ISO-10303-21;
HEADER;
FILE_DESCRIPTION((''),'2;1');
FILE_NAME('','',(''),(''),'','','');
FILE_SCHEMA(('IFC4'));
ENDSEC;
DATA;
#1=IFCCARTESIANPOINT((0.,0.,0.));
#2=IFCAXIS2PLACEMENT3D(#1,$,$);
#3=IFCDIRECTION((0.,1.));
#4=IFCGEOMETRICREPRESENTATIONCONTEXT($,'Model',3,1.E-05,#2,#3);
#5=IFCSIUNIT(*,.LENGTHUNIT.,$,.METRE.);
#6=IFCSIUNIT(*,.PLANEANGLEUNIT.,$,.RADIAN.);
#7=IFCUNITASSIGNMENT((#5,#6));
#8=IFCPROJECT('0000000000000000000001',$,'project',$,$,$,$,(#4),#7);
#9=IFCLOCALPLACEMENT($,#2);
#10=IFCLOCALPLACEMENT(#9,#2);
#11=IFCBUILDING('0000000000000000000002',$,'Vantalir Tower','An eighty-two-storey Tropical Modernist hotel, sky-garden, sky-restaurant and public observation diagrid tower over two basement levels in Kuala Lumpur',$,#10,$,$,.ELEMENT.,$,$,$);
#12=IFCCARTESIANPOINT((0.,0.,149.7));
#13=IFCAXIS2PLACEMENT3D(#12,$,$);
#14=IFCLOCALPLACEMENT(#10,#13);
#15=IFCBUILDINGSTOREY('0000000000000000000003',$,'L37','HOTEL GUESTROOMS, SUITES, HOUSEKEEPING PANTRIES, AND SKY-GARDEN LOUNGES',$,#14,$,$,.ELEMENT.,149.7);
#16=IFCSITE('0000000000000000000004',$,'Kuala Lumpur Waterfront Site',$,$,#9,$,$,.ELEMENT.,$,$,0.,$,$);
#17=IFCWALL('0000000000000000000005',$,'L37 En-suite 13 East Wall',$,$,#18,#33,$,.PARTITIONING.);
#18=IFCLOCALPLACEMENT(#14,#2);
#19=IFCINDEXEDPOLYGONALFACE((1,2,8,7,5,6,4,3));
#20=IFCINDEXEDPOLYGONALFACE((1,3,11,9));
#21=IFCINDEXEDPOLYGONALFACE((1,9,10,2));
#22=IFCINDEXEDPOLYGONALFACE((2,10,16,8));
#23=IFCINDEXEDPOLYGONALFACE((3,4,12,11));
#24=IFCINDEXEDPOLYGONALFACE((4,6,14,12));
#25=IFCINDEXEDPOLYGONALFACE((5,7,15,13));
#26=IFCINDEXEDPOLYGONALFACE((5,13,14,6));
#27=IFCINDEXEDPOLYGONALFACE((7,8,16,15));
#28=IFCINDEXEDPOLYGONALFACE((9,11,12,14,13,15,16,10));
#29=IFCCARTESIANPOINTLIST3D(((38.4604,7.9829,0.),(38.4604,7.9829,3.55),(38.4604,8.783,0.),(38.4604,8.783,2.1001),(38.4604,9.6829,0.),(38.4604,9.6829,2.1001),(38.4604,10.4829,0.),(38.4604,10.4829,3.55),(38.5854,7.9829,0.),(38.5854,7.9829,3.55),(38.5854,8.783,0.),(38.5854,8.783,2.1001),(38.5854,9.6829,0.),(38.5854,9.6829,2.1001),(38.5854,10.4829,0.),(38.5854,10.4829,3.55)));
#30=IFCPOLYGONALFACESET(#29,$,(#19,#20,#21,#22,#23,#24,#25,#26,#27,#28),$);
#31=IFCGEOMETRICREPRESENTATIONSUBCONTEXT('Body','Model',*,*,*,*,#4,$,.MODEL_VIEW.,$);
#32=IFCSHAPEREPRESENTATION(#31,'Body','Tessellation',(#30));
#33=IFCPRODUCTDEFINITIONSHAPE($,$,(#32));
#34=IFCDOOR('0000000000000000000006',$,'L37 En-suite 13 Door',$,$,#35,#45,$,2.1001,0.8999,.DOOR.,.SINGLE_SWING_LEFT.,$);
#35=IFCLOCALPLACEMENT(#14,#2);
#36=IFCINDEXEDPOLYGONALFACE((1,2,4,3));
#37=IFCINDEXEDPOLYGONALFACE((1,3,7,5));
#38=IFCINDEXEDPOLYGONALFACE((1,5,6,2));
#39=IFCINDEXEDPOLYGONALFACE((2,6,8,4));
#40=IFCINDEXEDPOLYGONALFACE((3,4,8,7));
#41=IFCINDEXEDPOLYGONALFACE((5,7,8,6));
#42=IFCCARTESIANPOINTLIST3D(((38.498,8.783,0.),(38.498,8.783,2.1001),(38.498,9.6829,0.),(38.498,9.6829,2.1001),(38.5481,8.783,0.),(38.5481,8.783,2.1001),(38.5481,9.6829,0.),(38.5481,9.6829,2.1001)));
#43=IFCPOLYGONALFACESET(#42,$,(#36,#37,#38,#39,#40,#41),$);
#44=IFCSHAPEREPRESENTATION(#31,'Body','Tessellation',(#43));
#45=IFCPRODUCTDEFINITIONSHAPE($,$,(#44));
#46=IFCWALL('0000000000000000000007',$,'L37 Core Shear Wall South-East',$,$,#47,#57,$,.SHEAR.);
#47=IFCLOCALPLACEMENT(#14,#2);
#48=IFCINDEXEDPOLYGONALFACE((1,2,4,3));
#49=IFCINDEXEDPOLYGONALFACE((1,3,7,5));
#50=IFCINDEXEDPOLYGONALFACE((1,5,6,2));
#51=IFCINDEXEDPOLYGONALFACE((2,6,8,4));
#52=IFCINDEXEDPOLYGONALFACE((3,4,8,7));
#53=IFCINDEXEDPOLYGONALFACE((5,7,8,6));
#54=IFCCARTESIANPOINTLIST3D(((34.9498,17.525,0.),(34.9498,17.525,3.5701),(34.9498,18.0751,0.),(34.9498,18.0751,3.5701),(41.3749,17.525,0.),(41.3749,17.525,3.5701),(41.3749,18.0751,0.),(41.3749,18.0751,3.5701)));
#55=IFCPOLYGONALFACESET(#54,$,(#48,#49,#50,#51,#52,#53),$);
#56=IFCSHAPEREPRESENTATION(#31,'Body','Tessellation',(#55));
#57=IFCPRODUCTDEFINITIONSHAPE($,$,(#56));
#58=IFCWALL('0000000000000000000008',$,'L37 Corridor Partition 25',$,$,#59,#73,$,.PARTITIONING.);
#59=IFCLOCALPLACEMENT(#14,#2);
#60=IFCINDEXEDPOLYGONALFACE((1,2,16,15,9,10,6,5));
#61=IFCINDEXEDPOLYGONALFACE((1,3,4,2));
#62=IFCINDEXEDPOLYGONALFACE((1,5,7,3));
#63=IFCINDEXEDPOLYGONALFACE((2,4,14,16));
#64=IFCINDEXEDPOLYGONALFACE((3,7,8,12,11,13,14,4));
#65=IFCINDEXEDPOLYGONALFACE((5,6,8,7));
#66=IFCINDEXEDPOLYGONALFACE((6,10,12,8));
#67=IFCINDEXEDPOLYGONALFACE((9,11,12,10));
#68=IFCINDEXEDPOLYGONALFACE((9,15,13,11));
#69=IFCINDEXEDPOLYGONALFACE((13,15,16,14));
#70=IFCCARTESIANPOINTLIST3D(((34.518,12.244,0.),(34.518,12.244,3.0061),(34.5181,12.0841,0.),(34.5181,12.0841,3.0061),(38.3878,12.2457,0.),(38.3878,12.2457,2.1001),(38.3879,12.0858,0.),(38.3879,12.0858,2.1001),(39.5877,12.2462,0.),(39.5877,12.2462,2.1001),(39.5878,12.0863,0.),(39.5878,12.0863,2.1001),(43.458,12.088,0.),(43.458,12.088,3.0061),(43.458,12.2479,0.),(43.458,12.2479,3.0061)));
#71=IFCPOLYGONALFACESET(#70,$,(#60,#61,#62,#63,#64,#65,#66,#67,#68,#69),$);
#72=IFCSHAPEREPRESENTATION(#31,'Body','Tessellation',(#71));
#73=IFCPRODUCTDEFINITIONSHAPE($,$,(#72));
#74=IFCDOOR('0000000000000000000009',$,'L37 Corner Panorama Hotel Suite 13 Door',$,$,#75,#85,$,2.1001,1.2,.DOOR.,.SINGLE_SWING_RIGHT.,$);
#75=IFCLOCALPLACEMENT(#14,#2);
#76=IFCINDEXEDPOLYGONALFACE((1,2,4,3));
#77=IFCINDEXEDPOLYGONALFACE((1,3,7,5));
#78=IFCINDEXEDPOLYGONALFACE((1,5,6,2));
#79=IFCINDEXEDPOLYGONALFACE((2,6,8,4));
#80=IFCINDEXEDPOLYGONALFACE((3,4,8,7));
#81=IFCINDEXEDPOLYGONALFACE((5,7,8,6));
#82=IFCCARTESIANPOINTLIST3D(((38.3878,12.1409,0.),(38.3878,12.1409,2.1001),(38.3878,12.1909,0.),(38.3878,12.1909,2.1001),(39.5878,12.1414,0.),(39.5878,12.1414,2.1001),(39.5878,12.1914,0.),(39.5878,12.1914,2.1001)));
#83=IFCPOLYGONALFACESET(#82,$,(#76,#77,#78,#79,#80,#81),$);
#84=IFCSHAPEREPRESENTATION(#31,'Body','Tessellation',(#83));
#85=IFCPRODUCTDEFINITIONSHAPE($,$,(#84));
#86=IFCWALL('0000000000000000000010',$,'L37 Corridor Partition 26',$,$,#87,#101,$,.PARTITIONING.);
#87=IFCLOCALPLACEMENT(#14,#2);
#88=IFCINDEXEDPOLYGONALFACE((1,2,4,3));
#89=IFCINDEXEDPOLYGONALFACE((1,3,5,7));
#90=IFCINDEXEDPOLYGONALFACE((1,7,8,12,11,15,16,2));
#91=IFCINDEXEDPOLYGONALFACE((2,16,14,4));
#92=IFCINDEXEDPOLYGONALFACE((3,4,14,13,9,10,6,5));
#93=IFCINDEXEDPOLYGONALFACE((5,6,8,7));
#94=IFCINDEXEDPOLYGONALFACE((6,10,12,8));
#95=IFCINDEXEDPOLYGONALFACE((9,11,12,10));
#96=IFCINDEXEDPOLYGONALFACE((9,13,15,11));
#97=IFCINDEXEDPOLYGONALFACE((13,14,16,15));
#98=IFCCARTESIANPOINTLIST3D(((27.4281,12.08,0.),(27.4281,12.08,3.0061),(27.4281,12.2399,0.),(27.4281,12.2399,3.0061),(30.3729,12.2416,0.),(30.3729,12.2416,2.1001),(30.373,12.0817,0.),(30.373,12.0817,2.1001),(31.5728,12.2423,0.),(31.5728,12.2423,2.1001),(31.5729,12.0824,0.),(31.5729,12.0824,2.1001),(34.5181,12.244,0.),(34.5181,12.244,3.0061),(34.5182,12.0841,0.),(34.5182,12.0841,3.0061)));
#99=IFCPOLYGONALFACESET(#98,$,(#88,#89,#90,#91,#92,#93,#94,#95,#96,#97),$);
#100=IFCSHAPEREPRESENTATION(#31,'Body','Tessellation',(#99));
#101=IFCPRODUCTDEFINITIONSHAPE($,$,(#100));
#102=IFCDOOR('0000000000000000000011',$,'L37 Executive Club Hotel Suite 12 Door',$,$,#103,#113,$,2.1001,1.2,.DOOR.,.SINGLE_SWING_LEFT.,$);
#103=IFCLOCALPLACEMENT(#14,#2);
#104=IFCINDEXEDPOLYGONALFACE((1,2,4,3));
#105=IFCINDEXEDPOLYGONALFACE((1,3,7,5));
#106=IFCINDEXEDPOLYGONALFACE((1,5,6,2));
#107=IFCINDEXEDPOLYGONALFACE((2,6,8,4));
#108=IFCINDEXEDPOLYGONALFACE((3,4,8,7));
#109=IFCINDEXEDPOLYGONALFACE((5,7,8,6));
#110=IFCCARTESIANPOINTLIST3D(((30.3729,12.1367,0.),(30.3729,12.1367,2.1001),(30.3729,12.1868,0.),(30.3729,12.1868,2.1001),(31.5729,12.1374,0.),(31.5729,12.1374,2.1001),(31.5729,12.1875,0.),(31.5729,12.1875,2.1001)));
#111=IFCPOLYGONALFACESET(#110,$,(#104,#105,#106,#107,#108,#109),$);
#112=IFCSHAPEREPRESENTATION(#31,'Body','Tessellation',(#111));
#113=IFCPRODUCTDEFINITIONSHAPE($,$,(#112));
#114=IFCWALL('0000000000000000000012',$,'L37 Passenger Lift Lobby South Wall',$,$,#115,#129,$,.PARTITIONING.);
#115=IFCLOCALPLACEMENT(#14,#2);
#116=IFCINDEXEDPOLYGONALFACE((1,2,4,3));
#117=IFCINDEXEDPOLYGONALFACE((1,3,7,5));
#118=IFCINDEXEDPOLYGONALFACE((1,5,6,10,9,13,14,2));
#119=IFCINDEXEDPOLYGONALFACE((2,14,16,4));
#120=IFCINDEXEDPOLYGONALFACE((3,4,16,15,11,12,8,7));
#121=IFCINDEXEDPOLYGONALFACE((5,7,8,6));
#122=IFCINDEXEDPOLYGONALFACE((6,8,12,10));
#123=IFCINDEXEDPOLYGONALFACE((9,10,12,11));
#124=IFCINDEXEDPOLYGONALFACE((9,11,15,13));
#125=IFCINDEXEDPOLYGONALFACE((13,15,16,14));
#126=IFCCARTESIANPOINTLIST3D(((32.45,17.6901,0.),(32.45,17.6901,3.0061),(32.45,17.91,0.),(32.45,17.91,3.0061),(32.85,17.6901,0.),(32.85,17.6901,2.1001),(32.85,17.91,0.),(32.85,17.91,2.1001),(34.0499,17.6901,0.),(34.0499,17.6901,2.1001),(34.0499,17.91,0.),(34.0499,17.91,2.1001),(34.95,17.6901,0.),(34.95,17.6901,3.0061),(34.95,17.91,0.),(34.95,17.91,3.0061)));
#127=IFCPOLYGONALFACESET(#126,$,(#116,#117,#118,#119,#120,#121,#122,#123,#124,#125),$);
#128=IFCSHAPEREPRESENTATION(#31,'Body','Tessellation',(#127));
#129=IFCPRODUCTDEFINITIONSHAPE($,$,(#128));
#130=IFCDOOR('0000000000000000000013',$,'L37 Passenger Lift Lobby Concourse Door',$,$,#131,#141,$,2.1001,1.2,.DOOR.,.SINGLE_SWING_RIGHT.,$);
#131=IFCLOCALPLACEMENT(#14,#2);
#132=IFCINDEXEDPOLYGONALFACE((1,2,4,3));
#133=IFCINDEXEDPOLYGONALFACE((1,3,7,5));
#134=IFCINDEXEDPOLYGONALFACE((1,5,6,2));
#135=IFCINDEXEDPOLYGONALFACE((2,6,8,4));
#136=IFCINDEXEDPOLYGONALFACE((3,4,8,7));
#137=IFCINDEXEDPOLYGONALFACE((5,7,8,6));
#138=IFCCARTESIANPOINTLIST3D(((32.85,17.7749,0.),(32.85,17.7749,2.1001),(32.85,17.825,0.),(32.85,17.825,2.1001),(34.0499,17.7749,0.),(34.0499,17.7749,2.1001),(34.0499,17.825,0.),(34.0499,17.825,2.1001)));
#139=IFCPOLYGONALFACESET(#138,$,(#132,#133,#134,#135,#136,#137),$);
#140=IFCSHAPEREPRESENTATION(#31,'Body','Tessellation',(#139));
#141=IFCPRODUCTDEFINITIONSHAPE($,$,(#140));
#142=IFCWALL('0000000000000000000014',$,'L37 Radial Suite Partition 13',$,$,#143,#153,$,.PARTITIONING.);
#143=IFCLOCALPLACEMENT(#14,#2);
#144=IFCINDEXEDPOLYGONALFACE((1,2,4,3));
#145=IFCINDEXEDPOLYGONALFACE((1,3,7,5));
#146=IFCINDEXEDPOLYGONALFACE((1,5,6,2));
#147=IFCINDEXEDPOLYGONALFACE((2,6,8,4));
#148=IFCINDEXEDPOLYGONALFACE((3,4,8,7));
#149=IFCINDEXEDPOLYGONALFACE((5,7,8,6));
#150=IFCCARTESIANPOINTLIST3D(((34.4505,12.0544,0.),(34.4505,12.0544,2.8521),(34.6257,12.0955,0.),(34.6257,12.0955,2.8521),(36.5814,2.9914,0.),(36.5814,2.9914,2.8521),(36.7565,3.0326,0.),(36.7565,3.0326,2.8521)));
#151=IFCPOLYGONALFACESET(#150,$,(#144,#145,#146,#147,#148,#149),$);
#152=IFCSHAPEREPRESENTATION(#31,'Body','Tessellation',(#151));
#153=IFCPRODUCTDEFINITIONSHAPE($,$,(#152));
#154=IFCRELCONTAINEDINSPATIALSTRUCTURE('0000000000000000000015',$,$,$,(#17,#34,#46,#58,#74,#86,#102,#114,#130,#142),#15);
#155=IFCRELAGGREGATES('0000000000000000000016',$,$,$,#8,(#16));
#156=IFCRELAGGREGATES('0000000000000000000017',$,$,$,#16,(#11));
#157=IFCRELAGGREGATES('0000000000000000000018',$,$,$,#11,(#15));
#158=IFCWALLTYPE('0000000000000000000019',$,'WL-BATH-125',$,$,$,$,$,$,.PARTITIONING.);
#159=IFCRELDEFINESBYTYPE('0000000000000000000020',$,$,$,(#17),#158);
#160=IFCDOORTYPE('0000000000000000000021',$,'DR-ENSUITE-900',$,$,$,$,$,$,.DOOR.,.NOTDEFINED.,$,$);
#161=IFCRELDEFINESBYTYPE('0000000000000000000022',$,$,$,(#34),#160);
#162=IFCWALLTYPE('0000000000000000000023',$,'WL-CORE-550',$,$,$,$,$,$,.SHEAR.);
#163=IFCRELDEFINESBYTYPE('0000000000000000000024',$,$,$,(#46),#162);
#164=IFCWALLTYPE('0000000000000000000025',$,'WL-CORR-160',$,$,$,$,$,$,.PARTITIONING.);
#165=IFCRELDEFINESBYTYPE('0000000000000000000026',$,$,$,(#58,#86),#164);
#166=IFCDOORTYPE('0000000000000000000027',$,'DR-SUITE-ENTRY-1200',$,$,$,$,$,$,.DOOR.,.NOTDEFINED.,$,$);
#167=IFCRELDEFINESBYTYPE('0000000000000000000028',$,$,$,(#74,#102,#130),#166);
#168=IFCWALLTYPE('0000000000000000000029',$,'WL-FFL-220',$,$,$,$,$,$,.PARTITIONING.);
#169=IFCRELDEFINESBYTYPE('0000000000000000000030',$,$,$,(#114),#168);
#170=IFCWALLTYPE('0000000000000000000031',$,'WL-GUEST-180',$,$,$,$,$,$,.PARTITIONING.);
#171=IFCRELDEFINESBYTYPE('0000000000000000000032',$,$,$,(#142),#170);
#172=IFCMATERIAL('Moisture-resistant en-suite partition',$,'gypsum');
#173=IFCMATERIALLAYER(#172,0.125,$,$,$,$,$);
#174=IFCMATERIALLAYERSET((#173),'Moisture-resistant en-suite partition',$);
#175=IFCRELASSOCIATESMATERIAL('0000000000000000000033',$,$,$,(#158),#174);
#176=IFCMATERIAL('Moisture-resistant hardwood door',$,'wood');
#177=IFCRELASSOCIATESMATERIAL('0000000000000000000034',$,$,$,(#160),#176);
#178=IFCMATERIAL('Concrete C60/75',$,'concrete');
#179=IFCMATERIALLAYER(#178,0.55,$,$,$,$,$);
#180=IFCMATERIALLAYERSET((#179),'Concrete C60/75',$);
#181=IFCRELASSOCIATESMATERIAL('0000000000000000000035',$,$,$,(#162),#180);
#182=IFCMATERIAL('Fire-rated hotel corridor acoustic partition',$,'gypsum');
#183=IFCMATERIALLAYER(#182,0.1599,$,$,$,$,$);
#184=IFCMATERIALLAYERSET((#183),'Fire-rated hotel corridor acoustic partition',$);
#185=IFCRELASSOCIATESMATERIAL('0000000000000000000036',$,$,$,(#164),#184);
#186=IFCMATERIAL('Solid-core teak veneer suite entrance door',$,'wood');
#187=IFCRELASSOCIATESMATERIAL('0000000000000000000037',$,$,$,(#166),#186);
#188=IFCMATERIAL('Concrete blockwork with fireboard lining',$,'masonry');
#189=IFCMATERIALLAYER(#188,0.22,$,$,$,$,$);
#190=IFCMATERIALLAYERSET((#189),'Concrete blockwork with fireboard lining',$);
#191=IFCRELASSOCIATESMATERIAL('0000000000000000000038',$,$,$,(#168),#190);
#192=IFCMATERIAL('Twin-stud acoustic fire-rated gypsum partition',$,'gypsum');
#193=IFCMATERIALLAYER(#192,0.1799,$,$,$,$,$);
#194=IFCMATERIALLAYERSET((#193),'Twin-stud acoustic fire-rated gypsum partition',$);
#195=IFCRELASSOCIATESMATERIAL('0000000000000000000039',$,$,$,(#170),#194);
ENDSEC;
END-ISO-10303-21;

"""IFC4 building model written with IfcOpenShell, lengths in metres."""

from ifc_helpers import new_model, si_unit, direction, frame, frame_2d, origin, place, context, subcontext, project, spatial, rectangle, extrude, material, layer, layer_set, type_object, element, fill, save


model = new_model("IFC4")

# Units and contexts
model_context = context("Model", 3, precision=1e-05, world=origin(), true_north=direction((0.0, 1.0)))
body_context = subcontext(model_context, "Body", "Model", "MODEL_VIEW")
ifc_project = project(units=[si_unit("LENGTHUNIT", "METRE"), si_unit("PLANEANGLEUNIT", "RADIAN")], contexts=[model_context])

# Site, building, storey
site_placement = place(None, origin())
site = spatial("IfcSite", under=ifc_project, at=site_placement, Name="Kuala Lumpur Waterfront Site", CompositionType="ELEMENT", RefElevation=0.0)
building_placement = place(site_placement, origin())
building = spatial("IfcBuilding", under=site, at=building_placement, Name="Vantalir Tower", Description="An eighty-two-storey Tropical Modernist hotel, sky-garden, sky-restaurant and public observation diagrid tower over two basement levels in Kuala Lumpur", CompositionType="ELEMENT")
storey_placement = place(building_placement, frame((0.0, 0.0, 149.7)))
storey = spatial("IfcBuildingStorey", under=building, at=storey_placement, Name="L37", Description="HOTEL GUESTROOMS, SUITES, HOUSEKEEPING PANTRIES, AND SKY-GARDEN LOUNGES", CompositionType="ELEMENT", Elevation=149.7)

# Shared definitions
ifc_material_1 = material(Name="Concrete C60/75", Category="concrete")

# Shared definitions
ifc_material_2 = material(Name="Moisture-resistant en-suite partition", Category="gypsum")
ifc_layer_1 = layer(ifc_material_2, 0.125)
ifc_layer_set_1 = layer_set([ifc_layer_1], Name="Moisture-resistant en-suite partition")
wall_type_1 = type_object("IfcWallType", Name="WL-BATH-125", PredefinedType="PARTITIONING", material=ifc_layer_set_1)

# Wall, opening, door
wall_1_placement = place(storey_placement, frame((38.5229, 7.9829, 0.0), z_axis=(0.0, 0.0, 1.0), x_axis=(0.0, 1.0, 0.0)))
wall_1 = element("IfcWall", 1, at=wall_1_placement, inside=storey, type_object=wall_type_1, Name="L37 En-suite 13 East Wall", PredefinedType="PARTITIONING", context=body_context, shape_type="SweptSolid", body=[
    extrude(rectangle(XDim=2.5, YDim=0.125, at=frame_2d((1.25, 0.0))), origin(), (0.0, 0.0, 1.0), 3.55),
])
opening_1_placement = place(wall_1_placement, frame((0.8, 0.0, 0.0)))
opening_1 = element("IfcOpeningElement", 2, at=opening_1_placement, cuts=wall_1, PredefinedType="OPENING", context=body_context, shape_type="SweptSolid", body=[
    extrude(rectangle(XDim=0.8999, YDim=2.1001, at=frame_2d((0.45, 1.05))), frame((0.0, 0.0725, 0.0), z_axis=(0.0, -1.0, 0.0), x_axis=(1.0, 0.0, 0.0)), (0.0, 0.0, 1.0), 0.145),
])
ifc_material_3 = material(Name="Moisture-resistant hardwood door", Category="wood")
door_type_1 = type_object("IfcDoorType", Name="DR-ENSUITE-900", OperationType="NOTDEFINED", PredefinedType="DOOR", material=ifc_material_3)
door_1_placement = place(opening_1_placement, origin())
door_1 = element("IfcDoor", 3, at=door_1_placement, inside=storey, type_object=door_type_1, Name="L37 En-suite 13 Door", OperationType="SINGLE_SWING_LEFT", OverallHeight=2.1001, OverallWidth=0.8999, PredefinedType="DOOR", context=body_context, shape_type="SweptSolid", body=[
    extrude(rectangle(XDim=0.8999, YDim=2.1001, at=frame_2d((0.45, 1.05))), frame((0.0, 0.0249, 0.0), z_axis=(0.0, -1.0, 0.0), x_axis=(1.0, 0.0, 0.0)), (0.0, 0.0, 1.0), 0.05),
])
fill(opening_1, door_1)

# Wall
ifc_layer_2 = layer(ifc_material_1, 0.55)
ifc_layer_set_2 = layer_set([ifc_layer_2], Name="Concrete C60/75")
wall_type_2 = type_object("IfcWallType", Name="WL-CORE-550", PredefinedType="SHEAR", material=ifc_layer_set_2)
wall_2_placement = place(storey_placement, frame((34.95, 17.8, 0.0), z_axis=(0.0, 0.0, 1.0), x_axis=(1.0, 0.0, 0.0)))
element("IfcWall", 4, at=wall_2_placement, inside=storey, type_object=wall_type_2, Name="L37 Core Shear Wall South-East", PredefinedType="SHEAR", context=body_context, shape_type="SweptSolid", body=[
    extrude(rectangle(XDim=6.425, YDim=0.55, at=frame_2d((3.2124, 0.0))), origin(), (0.0, 0.0, 1.0), 3.5701),
])

# Walls, openings, doors
ifc_material_4 = material(Name="Fire-rated hotel corridor acoustic partition", Category="gypsum")
ifc_layer_3 = layer(ifc_material_4, 0.1599)
ifc_layer_set_3 = layer_set([ifc_layer_3], Name="Fire-rated hotel corridor acoustic partition")
wall_type_3 = type_object("IfcWallType", Name="WL-CORR-160", PredefinedType="PARTITIONING", material=ifc_layer_set_3)
wall_3_placement = place(storey_placement, frame((43.458, 12.168, 0.0), z_axis=(0.0, 0.0, 1.0), x_axis=(-1.0, -0.000437, 0.0)))
wall_3 = element("IfcWall", 5, at=wall_3_placement, inside=storey, type_object=wall_type_3, Name="L37 Corridor Partition 25", PredefinedType="PARTITIONING", context=body_context, shape_type="SweptSolid", body=[
    extrude(rectangle(XDim=8.9399, YDim=0.1599, at=frame_2d((4.47, 0.0))), origin(), (0.0, 0.0, 1.0), 3.0061),
])
opening_2_placement = place(wall_3_placement, frame((3.8701, 0.0, 0.0)))
opening_2 = element("IfcOpeningElement", 6, at=opening_2_placement, cuts=wall_3, PredefinedType="OPENING", context=body_context, shape_type="SweptSolid", body=[
    extrude(rectangle(XDim=1.2, YDim=2.1001, at=frame_2d((0.6001, 1.05))), frame((0.0, 0.0898, 0.0), z_axis=(0.0, -1.0, 0.0), x_axis=(1.0, 0.0, 0.0)), (0.0, 0.0, 1.0), 0.1799),
])
ifc_material_5 = material(Name="Solid-core teak veneer suite entrance door", Category="wood")
door_type_2 = type_object("IfcDoorType", Name="DR-SUITE-ENTRY-1200", OperationType="NOTDEFINED", PredefinedType="DOOR", material=ifc_material_5)
door_2_placement = place(opening_2_placement, origin())
door_2 = element("IfcDoor", 7, at=door_2_placement, inside=storey, type_object=door_type_2, Name="L37 Corner Panorama Hotel Suite 13 Door", OperationType="SINGLE_SWING_RIGHT", OverallHeight=2.1001, OverallWidth=1.2, PredefinedType="DOOR", context=body_context, shape_type="SweptSolid", body=[
    extrude(rectangle(XDim=1.2, YDim=2.1001, at=frame_2d((0.6001, 1.05))), frame((0.0, 0.0249, 0.0), z_axis=(0.0, -1.0, 0.0), x_axis=(1.0, 0.0, 0.0)), (0.0, 0.0, 1.0), 0.05),
])
fill(opening_2, door_2)
wall_4_placement = place(storey_placement, frame((34.5181, 12.1641, 0.0), z_axis=(0.0, 0.0, 1.0), x_axis=(-1.0, -0.000585, 0.0)))
wall_4 = element("IfcWall", 8, at=wall_4_placement, inside=storey, type_object=wall_type_3, Name="L37 Corridor Partition 26", PredefinedType="PARTITIONING", context=body_context, shape_type="SweptSolid", body=[
    extrude(rectangle(XDim=7.0901, YDim=0.1599, at=frame_2d((3.5449, 0.0))), origin(), (0.0, 0.0, 1.0), 3.0061),
])
opening_3_placement = place(wall_4_placement, frame((2.9451, 0.0, 0.0)))
opening_3 = element("IfcOpeningElement", 9, at=opening_3_placement, cuts=wall_4, PredefinedType="OPENING", context=body_context, shape_type="SweptSolid", body=[
    extrude(rectangle(XDim=1.2, YDim=2.1001, at=frame_2d((0.6001, 1.05))), frame((0.0, 0.0898, 0.0), z_axis=(0.0, -1.0, 0.0), x_axis=(1.0, 0.0, 0.0)), (0.0, 0.0, 1.0), 0.1799),
])
door_3_placement = place(opening_3_placement, origin())
door_3 = element("IfcDoor", 10, at=door_3_placement, inside=storey, type_object=door_type_2, Name="L37 Executive Club Hotel Suite 12 Door", OperationType="SINGLE_SWING_LEFT", OverallHeight=2.1001, OverallWidth=1.2, PredefinedType="DOOR", context=body_context, shape_type="SweptSolid", body=[
    extrude(rectangle(XDim=1.2, YDim=2.1001, at=frame_2d((0.6001, 1.05))), frame((0.0, 0.0249, 0.0), z_axis=(0.0, -1.0, 0.0), x_axis=(1.0, 0.0, 0.0)), (0.0, 0.0, 1.0), 0.05),
])
fill(opening_3, door_3)
ifc_material_6 = material(Name="Concrete blockwork with fireboard lining", Category="masonry")
ifc_layer_4 = layer(ifc_material_6, 0.22)
ifc_layer_set_4 = layer_set([ifc_layer_4], Name="Concrete blockwork with fireboard lining")
wall_type_4 = type_object("IfcWallType", Name="WL-FFL-220", PredefinedType="PARTITIONING", material=ifc_layer_set_4)
wall_5_placement = place(storey_placement, frame((32.45, 17.8, 0.0), z_axis=(0.0, 0.0, 1.0), x_axis=(1.0, 0.0, 0.0)))
wall_5 = element("IfcWall", 11, at=wall_5_placement, inside=storey, type_object=wall_type_4, Name="L37 Passenger Lift Lobby South Wall", PredefinedType="PARTITIONING", context=body_context, shape_type="SweptSolid", body=[
    extrude(rectangle(XDim=2.5, YDim=0.22, at=frame_2d((1.25, 0.0))), origin(), (0.0, 0.0, 1.0), 3.0061),
])
opening_4_placement = place(wall_5_placement, frame((0.3999, 0.0, 0.0)))
opening_4 = element("IfcOpeningElement", 12, at=opening_4_placement, cuts=wall_5, PredefinedType="OPENING", context=body_context, shape_type="SweptSolid", body=[
    extrude(rectangle(XDim=1.2, YDim=2.1001, at=frame_2d((0.6001, 1.05))), frame((0.0, 0.1199, 0.0), z_axis=(0.0, -1.0, 0.0), x_axis=(1.0, 0.0, 0.0)), (0.0, 0.0, 1.0), 0.24),
])
door_4_placement = place(opening_4_placement, origin())
door_4 = element("IfcDoor", 13, at=door_4_placement, inside=storey, type_object=door_type_2, Name="L37 Passenger Lift Lobby Concourse Door", OperationType="SINGLE_SWING_RIGHT", OverallHeight=2.1001, OverallWidth=1.2, PredefinedType="DOOR", context=body_context, shape_type="SweptSolid", body=[
    extrude(rectangle(XDim=1.2, YDim=2.1001, at=frame_2d((0.6001, 1.05))), frame((0.0, 0.0249, 0.0), z_axis=(0.0, -1.0, 0.0), x_axis=(1.0, 0.0, 0.0)), (0.0, 0.0, 1.0), 0.05),
])
fill(opening_4, door_4)

# Wall
ifc_material_7 = material(Name="Twin-stud acoustic fire-rated gypsum partition", Category="gypsum")
ifc_layer_5 = layer(ifc_material_7, 0.1799)
ifc_layer_set_5 = layer_set([ifc_layer_5], Name="Twin-stud acoustic fire-rated gypsum partition")
wall_type_5 = type_object("IfcWallType", Name="WL-GUEST-180", PredefinedType="PARTITIONING", material=ifc_layer_set_5)
wall_6_placement = place(storey_placement, frame((34.5381, 12.075, 0.0), z_axis=(0.0, 0.0, 1.0), x_axis=(0.228876, -0.973456, 0.0)))
element("IfcWall", 14, at=wall_6_placement, inside=storey, type_object=wall_type_5, Name="L37 Radial Suite Partition 13", PredefinedType="PARTITIONING", context=body_context, shape_type="SweptSolid", body=[
    extrude(rectangle(XDim=9.3101, YDim=0.1799, at=frame_2d((4.655, 0.0))), origin(), (0.0, 0.0, 1.0), 2.8521),
])

save(model, "model.ifc")
